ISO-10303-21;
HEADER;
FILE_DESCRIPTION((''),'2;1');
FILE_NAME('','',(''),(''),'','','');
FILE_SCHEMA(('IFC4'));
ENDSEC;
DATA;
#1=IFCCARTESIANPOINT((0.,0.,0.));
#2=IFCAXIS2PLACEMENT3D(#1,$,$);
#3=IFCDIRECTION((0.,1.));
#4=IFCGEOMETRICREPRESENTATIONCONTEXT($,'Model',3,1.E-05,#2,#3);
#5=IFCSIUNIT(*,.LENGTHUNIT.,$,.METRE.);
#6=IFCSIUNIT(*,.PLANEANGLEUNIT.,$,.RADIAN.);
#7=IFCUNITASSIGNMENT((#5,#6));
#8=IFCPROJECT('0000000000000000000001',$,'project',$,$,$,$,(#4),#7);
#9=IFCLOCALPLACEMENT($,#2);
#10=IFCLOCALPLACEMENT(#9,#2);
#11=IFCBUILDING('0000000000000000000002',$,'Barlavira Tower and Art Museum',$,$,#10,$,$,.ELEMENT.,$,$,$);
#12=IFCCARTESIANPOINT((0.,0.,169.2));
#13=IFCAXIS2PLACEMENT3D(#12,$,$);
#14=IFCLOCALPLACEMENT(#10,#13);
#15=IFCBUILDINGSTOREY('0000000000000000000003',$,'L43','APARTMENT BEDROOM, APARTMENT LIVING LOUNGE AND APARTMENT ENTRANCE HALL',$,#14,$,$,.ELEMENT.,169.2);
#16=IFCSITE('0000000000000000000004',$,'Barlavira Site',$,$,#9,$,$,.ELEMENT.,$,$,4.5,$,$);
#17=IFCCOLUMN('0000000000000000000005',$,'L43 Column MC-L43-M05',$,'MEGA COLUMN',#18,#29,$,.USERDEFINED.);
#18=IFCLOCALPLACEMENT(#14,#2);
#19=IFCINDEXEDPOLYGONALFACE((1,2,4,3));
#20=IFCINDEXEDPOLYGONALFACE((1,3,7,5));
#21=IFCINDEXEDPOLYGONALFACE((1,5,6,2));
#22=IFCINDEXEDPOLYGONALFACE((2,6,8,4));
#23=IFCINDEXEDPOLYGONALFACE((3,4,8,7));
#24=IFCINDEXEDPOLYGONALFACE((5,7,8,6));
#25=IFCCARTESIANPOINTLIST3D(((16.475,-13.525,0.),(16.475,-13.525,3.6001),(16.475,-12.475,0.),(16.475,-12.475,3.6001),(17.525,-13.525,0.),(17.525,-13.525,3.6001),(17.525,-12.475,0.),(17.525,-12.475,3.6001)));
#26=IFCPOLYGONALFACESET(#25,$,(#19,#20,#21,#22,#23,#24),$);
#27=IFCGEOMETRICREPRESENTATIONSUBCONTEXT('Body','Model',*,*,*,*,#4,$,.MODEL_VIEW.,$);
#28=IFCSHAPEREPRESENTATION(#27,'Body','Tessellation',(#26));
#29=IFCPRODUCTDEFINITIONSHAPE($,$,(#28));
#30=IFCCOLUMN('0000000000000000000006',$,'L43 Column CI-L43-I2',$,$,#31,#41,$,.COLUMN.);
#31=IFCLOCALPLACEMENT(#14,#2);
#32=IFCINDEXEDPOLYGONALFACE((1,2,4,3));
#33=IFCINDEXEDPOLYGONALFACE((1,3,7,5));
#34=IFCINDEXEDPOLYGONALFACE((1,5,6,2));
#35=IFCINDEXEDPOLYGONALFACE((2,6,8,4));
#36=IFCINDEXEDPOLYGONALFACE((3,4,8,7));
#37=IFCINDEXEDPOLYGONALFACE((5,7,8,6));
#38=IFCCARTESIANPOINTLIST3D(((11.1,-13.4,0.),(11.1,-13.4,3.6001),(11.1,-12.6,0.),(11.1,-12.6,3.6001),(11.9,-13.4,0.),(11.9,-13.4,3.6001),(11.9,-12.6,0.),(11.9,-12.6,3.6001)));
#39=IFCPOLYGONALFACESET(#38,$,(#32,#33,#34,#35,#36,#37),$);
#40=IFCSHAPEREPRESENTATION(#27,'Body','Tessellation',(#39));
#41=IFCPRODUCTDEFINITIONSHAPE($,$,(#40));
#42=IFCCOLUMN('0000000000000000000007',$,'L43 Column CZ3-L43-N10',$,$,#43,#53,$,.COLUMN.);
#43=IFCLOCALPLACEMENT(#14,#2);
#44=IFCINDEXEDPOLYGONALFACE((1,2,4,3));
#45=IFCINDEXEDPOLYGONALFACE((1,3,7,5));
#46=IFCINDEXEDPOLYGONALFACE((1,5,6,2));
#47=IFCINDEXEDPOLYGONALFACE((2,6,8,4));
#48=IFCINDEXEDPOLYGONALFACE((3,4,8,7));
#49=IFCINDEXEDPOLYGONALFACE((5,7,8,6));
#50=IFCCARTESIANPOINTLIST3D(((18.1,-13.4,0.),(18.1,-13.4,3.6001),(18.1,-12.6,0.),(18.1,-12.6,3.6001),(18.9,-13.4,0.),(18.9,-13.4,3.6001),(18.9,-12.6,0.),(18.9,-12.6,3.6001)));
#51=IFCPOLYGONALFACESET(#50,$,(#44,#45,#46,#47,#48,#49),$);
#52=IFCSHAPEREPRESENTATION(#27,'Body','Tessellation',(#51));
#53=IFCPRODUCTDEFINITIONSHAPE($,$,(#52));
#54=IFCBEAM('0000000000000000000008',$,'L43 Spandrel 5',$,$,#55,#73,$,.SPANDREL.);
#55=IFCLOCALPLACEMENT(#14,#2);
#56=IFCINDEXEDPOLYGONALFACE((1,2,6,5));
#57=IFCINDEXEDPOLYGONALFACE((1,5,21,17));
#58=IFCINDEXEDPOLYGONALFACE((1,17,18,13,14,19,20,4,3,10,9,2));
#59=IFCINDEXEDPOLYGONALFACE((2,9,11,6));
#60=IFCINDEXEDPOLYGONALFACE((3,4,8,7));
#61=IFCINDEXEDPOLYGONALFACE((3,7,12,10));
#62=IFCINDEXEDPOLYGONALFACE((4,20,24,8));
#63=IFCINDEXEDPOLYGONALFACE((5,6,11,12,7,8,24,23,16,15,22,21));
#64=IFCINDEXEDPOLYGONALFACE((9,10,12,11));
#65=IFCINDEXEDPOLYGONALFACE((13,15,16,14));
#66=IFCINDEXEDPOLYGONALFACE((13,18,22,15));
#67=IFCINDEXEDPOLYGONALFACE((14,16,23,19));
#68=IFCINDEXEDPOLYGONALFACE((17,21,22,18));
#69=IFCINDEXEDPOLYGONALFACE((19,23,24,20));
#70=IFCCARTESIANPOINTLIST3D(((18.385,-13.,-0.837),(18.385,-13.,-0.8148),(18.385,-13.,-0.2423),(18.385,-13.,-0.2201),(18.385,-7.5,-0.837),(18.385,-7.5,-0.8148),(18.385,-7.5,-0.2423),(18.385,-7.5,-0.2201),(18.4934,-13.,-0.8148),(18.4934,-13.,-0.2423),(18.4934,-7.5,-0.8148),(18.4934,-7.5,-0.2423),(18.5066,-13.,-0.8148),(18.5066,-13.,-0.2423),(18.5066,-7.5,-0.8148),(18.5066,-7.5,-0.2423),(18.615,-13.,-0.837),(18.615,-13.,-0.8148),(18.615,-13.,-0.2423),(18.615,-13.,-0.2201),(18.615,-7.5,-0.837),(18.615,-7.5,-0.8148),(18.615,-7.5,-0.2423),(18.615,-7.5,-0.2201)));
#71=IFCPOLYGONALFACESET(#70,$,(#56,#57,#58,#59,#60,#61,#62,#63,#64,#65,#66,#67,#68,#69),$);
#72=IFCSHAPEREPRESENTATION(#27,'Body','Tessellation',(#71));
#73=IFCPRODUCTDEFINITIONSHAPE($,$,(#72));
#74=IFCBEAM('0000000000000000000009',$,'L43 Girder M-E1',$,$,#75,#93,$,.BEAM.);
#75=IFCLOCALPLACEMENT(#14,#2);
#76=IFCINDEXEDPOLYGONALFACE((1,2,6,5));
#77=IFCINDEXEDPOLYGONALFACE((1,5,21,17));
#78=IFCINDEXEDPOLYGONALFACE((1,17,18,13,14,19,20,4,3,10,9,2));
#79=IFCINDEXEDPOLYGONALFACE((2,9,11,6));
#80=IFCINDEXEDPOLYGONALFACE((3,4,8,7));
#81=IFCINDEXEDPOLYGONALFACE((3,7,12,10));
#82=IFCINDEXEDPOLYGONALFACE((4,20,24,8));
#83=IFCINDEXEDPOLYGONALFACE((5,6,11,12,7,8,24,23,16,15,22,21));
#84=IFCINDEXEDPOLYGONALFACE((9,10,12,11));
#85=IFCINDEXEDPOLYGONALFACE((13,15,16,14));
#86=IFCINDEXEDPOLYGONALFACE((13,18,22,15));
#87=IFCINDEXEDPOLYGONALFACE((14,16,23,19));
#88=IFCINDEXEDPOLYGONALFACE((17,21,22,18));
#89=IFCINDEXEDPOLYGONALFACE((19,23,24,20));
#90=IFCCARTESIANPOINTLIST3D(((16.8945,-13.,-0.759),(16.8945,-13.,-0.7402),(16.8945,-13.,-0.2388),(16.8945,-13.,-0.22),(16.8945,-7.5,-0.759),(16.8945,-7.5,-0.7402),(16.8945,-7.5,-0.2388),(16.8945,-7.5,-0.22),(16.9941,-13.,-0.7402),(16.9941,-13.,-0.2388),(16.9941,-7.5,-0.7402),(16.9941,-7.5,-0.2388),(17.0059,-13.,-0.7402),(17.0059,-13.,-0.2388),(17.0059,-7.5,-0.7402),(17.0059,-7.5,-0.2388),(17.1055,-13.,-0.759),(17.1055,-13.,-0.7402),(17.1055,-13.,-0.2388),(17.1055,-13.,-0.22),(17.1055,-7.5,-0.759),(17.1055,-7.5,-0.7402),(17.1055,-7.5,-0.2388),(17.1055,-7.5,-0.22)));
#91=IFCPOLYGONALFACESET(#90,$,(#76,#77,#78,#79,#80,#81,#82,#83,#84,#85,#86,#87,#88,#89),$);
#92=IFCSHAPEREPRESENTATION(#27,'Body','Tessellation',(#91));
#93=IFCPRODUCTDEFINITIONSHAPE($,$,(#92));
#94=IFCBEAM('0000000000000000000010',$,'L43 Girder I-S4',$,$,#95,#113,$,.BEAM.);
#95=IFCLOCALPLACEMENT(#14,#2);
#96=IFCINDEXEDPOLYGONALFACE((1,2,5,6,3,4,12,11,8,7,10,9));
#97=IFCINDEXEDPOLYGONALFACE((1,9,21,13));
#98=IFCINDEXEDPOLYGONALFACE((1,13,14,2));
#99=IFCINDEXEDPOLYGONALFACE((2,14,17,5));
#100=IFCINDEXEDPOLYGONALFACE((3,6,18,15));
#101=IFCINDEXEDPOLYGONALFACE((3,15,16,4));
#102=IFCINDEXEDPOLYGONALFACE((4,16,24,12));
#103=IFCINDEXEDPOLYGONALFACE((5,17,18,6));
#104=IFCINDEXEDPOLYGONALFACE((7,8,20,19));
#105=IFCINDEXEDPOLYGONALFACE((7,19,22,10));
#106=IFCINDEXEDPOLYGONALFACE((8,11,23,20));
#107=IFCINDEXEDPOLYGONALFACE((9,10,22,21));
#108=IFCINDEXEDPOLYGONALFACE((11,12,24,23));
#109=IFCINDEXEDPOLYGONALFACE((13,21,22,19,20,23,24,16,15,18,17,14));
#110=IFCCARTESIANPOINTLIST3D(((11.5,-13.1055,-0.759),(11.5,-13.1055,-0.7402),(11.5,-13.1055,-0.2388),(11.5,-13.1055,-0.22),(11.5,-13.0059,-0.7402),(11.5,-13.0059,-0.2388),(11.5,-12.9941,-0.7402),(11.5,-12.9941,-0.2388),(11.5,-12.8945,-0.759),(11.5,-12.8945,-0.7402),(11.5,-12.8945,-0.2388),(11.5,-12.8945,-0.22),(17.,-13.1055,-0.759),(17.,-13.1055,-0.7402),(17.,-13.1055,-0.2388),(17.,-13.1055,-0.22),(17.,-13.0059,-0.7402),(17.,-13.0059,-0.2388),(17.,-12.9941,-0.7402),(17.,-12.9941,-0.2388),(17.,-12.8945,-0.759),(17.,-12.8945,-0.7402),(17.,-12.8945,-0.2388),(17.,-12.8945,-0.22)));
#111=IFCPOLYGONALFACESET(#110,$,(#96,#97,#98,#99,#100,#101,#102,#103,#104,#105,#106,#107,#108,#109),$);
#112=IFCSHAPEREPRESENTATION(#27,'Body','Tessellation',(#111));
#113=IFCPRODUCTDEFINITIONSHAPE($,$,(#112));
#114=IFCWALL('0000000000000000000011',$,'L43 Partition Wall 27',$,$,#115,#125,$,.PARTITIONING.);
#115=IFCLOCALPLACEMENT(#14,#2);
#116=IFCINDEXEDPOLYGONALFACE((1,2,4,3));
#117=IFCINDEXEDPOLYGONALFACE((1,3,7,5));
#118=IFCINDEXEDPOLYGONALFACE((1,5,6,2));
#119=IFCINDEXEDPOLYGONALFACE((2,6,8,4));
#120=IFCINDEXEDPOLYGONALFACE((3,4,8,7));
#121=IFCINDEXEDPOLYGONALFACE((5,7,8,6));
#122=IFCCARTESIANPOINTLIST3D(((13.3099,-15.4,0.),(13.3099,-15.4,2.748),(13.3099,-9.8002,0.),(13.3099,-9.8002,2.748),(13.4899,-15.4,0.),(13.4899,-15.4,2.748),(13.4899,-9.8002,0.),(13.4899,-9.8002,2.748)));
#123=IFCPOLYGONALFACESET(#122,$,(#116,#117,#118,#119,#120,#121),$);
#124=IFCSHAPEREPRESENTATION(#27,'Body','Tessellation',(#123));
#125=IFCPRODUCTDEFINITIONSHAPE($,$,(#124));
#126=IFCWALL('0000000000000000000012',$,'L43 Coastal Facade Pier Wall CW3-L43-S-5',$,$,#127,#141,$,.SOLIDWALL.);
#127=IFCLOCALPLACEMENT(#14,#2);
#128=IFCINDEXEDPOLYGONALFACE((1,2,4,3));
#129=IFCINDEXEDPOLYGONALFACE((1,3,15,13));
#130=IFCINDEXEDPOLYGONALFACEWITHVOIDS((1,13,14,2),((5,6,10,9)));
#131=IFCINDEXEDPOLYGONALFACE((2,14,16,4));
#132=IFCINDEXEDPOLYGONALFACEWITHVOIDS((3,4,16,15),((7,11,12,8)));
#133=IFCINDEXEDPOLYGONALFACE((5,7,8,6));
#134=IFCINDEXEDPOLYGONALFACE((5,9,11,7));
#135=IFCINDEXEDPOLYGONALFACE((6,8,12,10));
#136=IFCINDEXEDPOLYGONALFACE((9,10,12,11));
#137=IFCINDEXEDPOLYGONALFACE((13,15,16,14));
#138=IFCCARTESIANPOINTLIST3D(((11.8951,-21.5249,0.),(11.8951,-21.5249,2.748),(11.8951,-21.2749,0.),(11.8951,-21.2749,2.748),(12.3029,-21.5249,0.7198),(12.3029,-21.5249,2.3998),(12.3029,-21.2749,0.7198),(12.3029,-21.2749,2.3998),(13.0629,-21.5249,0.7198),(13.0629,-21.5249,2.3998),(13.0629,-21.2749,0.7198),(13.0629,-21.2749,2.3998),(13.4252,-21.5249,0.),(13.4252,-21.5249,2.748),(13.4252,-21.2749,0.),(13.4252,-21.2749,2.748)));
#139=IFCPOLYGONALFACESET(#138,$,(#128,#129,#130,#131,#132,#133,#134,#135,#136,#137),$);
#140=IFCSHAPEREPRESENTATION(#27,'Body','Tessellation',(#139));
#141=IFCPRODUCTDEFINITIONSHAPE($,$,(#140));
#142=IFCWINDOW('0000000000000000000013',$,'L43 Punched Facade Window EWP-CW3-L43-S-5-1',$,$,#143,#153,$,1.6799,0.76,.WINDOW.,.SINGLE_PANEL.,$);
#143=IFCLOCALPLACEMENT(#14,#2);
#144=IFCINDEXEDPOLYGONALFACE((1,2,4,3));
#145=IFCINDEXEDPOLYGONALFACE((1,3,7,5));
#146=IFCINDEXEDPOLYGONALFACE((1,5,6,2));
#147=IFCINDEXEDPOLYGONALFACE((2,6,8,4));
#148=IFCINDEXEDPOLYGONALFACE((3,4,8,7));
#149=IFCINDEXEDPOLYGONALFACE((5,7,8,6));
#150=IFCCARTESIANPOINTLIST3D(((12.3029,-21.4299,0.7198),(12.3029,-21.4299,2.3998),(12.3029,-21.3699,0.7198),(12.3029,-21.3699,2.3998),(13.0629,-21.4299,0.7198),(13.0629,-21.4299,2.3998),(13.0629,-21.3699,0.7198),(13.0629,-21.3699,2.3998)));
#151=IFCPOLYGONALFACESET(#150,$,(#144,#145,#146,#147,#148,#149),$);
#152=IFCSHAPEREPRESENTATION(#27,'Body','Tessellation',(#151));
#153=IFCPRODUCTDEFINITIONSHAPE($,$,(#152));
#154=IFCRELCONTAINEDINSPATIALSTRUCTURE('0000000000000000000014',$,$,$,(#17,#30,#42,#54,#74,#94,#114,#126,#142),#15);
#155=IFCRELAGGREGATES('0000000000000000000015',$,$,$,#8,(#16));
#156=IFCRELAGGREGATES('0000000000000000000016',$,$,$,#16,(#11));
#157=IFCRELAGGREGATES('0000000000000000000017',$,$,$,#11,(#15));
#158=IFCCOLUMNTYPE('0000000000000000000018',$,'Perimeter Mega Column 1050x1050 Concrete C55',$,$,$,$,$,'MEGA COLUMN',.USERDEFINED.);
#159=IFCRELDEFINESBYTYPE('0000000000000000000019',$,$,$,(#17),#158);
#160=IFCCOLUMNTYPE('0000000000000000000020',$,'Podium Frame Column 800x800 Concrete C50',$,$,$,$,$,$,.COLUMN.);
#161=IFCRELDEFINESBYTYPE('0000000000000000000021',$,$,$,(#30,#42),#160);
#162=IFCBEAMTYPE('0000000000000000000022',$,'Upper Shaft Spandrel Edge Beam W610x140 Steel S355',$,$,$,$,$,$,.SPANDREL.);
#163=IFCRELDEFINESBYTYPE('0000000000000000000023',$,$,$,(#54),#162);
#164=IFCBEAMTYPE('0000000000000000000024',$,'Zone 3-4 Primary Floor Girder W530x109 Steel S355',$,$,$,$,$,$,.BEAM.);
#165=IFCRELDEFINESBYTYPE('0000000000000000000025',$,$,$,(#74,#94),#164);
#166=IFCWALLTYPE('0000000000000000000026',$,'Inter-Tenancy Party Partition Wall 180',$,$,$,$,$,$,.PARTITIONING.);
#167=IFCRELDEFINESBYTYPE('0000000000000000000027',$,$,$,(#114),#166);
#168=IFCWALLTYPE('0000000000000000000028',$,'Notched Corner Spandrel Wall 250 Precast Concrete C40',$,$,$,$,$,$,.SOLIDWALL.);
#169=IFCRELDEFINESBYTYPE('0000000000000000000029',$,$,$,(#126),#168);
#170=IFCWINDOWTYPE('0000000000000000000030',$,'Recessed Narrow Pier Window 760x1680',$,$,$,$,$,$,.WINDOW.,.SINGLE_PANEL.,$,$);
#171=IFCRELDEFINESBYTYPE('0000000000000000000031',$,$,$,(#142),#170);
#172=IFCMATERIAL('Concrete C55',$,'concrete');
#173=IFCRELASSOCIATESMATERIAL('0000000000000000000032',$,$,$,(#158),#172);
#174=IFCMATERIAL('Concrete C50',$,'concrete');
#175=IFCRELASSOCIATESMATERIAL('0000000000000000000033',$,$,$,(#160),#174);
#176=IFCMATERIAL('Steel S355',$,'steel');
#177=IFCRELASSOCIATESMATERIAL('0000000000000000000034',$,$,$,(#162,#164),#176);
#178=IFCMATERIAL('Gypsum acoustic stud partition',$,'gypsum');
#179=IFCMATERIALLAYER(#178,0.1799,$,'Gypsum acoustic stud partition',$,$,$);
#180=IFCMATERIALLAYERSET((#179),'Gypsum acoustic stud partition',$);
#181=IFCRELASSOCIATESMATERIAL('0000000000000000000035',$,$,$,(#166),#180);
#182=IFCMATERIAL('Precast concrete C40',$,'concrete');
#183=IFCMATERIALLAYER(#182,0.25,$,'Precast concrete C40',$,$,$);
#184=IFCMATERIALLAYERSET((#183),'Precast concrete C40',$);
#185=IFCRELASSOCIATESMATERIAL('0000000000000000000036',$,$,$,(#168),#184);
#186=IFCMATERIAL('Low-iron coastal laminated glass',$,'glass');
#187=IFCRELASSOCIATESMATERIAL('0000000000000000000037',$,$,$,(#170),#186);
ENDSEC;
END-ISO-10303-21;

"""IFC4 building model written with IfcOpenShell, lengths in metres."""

from ifc_helpers import new_model, si_unit, direction, frame, frame_2d, origin, origin_2d, place, context, subcontext, project, spatial, rectangle, i_section, extrude, material, layer, layer_set, material_profile, profile_set, type_object, element, fill, save


model = new_model("IFC4")

# Units and contexts
model_context = context("Model", 3, precision=1e-05, world=origin(), true_north=direction((0.0, 1.0)))
body_context = subcontext(model_context, "Body", "Model", "MODEL_VIEW")
ifc_project = project(units=[si_unit("LENGTHUNIT", "METRE"), si_unit("PLANEANGLEUNIT", "RADIAN")], contexts=[model_context])

# Site, building, storey
site_placement = place(None, origin())
site = spatial("IfcSite", under=ifc_project, at=site_placement, Name="Barlavira Site", CompositionType="ELEMENT", RefElevation=4.5)
building_placement = place(site_placement, origin())
building = spatial("IfcBuilding", under=site, at=building_placement, Name="Barlavira Tower and Art Museum", CompositionType="ELEMENT")
storey_placement = place(building_placement, frame((0.0, 0.0, 169.2)))
storey = spatial("IfcBuildingStorey", under=building, at=storey_placement, Name="L43", Description="APARTMENT BEDROOM, APARTMENT LIVING LOUNGE AND APARTMENT ENTRANCE HALL", CompositionType="ELEMENT", Elevation=169.2)

# Columns
ifc_material_1 = material(Name="Concrete C55", Category="concrete")
ifc_material_profile_1 = material_profile(ifc_material_1, rectangle(XDim=1.05, YDim=1.05, at=origin_2d()), Name="RC-COL 1050x1050")
ifc_profile_set_1 = profile_set([ifc_material_profile_1], Name="Concrete C55")
column_type_1 = type_object("IfcColumnType", Name="Perimeter Mega Column 1050x1050 Concrete C55", ElementType="MEGA COLUMN", PredefinedType="USERDEFINED", material=ifc_profile_set_1)
column_placement = place(storey_placement, frame((17.0, -13.0, 0.0), z_axis=(0.0, 0.0, 1.0), x_axis=(1.0, 0.0, 0.0)))
element("IfcColumn", 1, at=column_placement, inside=storey, type_object=column_type_1, Name="L43 Column MC-L43-M05", ObjectType="MEGA COLUMN", PredefinedType="USERDEFINED", context=body_context, shape_type="SweptSolid", body=[
    extrude(rectangle(XDim=1.05, YDim=1.05, at=origin_2d()), origin(), (0.0, 0.0, 1.0), 3.6001),
])
ifc_material_2 = material(Name="Concrete C50", Category="concrete")
ifc_material_profile_2 = material_profile(ifc_material_2, rectangle(XDim=0.8, YDim=0.8, at=origin_2d()), Name="RC-COL 800x800")
ifc_profile_set_2 = profile_set([ifc_material_profile_2], Name="Concrete C50")
column_type_2 = type_object("IfcColumnType", Name="Podium Frame Column 800x800 Concrete C50", PredefinedType="COLUMN", material=ifc_profile_set_2)
for number, where, z_axis, x_axis, name in (
    (2, (11.5, -13.0, 0.0), (0.0, 0.0, 1.0), (1.0, 0.0, 0.0), "L43 Column CI-L43-I2"),
    (3, (18.5, -13.0, 0.0), (0.0, 0.0, 1.0), (1.0, 0.0, 0.0), "L43 Column CZ3-L43-N10"),
):
    element("IfcColumn", number, at=place(storey_placement, frame(where, z_axis=z_axis, x_axis=x_axis)), inside=storey, type_object=column_type_2, Name=name, PredefinedType="COLUMN", context=body_context, shape_type="SweptSolid", body=[
        extrude(rectangle(XDim=0.8, YDim=0.8, at=origin_2d()), origin(), (0.0, 0.0, 1.0), 3.6001),
    ])

# Beams
ifc_material_3 = material(Name="Steel S355", Category="steel")
ifc_material_profile_3 = material_profile(ifc_material_3, i_section(OverallWidth=0.23, OverallDepth=0.6169, WebThickness=0.0132, FlangeThickness=0.0222, at=origin_2d()), Name="W610x140.0")
ifc_profile_set_3 = profile_set([ifc_material_profile_3], Name="Steel S355")
beam_type_1 = type_object("IfcBeamType", Name="Upper Shaft Spandrel Edge Beam W610x140 Steel S355", PredefinedType="SPANDREL", material=ifc_profile_set_3)
beam_placement = place(storey_placement, frame((18.5, -13.0, -0.5286), z_axis=(0.0, 1.0, 0.0), x_axis=(-1.0, 0.0, 0.0)))
element("IfcBeam", 4, at=beam_placement, inside=storey, type_object=beam_type_1, Name="L43 Spandrel 5", PredefinedType="SPANDREL", context=body_context, shape_type="SweptSolid", body=[
    extrude(i_section(OverallWidth=0.23, OverallDepth=0.6169, WebThickness=0.0132, FlangeThickness=0.0222, at=origin_2d()), origin(), (0.0, 0.0, 1.0), 5.5),
])
ifc_material_profile_4 = material_profile(ifc_material_3, i_section(OverallWidth=0.2109, OverallDepth=0.5391, WebThickness=0.0117, FlangeThickness=0.0188, at=origin_2d()), Name="W530x109.0")
ifc_profile_set_4 = profile_set([ifc_material_profile_4], Name="Steel S355")
beam_type_2 = type_object("IfcBeamType", Name="Zone 3-4 Primary Floor Girder W530x109 Steel S355", PredefinedType="BEAM", material=ifc_profile_set_4)
for number, where, z_axis, x_axis, name in (
    (5, (17.0, -13.0, -0.4895), (0.0, 1.0, 0.0), (-1.0, 0.0, 0.0), "L43 Girder M-E1"),
    (6, (11.5, -13.0, -0.4895), (1.0, 0.0, 0.0), (0.0, 1.0, 0.0), "L43 Girder I-S4"),
):
    element("IfcBeam", number, at=place(storey_placement, frame(where, z_axis=z_axis, x_axis=x_axis)), inside=storey, type_object=beam_type_2, Name=name, PredefinedType="BEAM", context=body_context, shape_type="SweptSolid", body=[
        extrude(i_section(OverallWidth=0.2109, OverallDepth=0.5391, WebThickness=0.0117, FlangeThickness=0.0188, at=origin_2d()), origin(), (0.0, 0.0, 1.0), 5.5),
    ])

# Wall
ifc_material_4 = material(Name="Gypsum acoustic stud partition", Category="gypsum")
ifc_layer_1 = layer(ifc_material_4, 0.1799, Name="Gypsum acoustic stud partition")
ifc_layer_set_1 = layer_set([ifc_layer_1], Name="Gypsum acoustic stud partition")
wall_type_1 = type_object("IfcWallType", Name="Inter-Tenancy Party Partition Wall 180", PredefinedType="PARTITIONING", material=ifc_layer_set_1)
wall_1_placement = place(storey_placement, frame((13.3999, -15.3999, 0.0), z_axis=(0.0, 0.0, 1.0), x_axis=(0.0, 1.0, 0.0)))
element("IfcWall", 7, at=wall_1_placement, inside=storey, type_object=wall_type_1, Name="L43 Partition Wall 27", PredefinedType="PARTITIONING", context=body_context, shape_type="SweptSolid", body=[
    extrude(rectangle(XDim=5.5999, YDim=0.1799, at=frame_2d((2.7998, 0.0))), origin(), (0.0, 0.0, 1.0), 2.748),
])

# Wall, opening, window
ifc_material_5 = material(Name="Precast concrete C40", Category="concrete")
ifc_layer_2 = layer(ifc_material_5, 0.25, Name="Precast concrete C40")
ifc_layer_set_2 = layer_set([ifc_layer_2], Name="Precast concrete C40")
wall_type_2 = type_object("IfcWallType", Name="Notched Corner Spandrel Wall 250 Precast Concrete C40", PredefinedType="SOLIDWALL", material=ifc_layer_set_2)
wall_2_placement = place(storey_placement, frame((11.895, -21.3999, 0.0), z_axis=(0.0, 0.0, 1.0), x_axis=(1.0, 0.0, 0.0)))
wall_2 = element("IfcWall", 8, at=wall_2_placement, inside=storey, type_object=wall_type_2, Name="L43 Coastal Facade Pier Wall CW3-L43-S-5", PredefinedType="SOLIDWALL", context=body_context, shape_type="SweptSolid", body=[
    extrude(rectangle(XDim=1.53, YDim=0.25, at=frame_2d((0.7651, 0.0))), origin(), (0.0, 0.0, 1.0), 2.748),
])
opening_1_placement = place(wall_2_placement, frame((0.408, 0.0, 0.72)))
opening_1 = element("IfcOpeningElement", 9, at=opening_1_placement, cuts=wall_2, PredefinedType="OPENING", context=body_context, shape_type="SweptSolid", body=[
    extrude(rectangle(XDim=0.76, YDim=1.6799, at=frame_2d((0.3799, 0.8398))), frame((0.0, 0.135, 0.0), z_axis=(0.0, -1.0, 0.0), x_axis=(1.0, 0.0, 0.0)), (0.0, 0.0, 1.0), 0.27),
])
ifc_material_6 = material(Name="Low-iron coastal laminated glass", Category="glass")
window_type_1 = type_object("IfcWindowType", Name="Recessed Narrow Pier Window 760x1680", PartitioningType="SINGLE_PANEL", PredefinedType="WINDOW", material=ifc_material_6)
window_1_placement = place(opening_1_placement, origin())
window_1 = element("IfcWindow", 10, at=window_1_placement, inside=storey, type_object=window_type_1, Name="L43 Punched Facade Window EWP-CW3-L43-S-5-1", OverallHeight=1.6799, OverallWidth=0.76, PartitioningType="SINGLE_PANEL", PredefinedType="WINDOW", context=body_context, shape_type="SweptSolid", body=[
    extrude(rectangle(XDim=0.76, YDim=1.6799, at=frame_2d((0.3799, 0.8398))), frame((0.0, 0.03, 0.0), z_axis=(0.0, -1.0, 0.0), x_axis=(1.0, 0.0, 0.0)), (0.0, 0.0, 1.0), 0.0601),
])
fill(opening_1, window_1)

save(model, "model.ifc")
